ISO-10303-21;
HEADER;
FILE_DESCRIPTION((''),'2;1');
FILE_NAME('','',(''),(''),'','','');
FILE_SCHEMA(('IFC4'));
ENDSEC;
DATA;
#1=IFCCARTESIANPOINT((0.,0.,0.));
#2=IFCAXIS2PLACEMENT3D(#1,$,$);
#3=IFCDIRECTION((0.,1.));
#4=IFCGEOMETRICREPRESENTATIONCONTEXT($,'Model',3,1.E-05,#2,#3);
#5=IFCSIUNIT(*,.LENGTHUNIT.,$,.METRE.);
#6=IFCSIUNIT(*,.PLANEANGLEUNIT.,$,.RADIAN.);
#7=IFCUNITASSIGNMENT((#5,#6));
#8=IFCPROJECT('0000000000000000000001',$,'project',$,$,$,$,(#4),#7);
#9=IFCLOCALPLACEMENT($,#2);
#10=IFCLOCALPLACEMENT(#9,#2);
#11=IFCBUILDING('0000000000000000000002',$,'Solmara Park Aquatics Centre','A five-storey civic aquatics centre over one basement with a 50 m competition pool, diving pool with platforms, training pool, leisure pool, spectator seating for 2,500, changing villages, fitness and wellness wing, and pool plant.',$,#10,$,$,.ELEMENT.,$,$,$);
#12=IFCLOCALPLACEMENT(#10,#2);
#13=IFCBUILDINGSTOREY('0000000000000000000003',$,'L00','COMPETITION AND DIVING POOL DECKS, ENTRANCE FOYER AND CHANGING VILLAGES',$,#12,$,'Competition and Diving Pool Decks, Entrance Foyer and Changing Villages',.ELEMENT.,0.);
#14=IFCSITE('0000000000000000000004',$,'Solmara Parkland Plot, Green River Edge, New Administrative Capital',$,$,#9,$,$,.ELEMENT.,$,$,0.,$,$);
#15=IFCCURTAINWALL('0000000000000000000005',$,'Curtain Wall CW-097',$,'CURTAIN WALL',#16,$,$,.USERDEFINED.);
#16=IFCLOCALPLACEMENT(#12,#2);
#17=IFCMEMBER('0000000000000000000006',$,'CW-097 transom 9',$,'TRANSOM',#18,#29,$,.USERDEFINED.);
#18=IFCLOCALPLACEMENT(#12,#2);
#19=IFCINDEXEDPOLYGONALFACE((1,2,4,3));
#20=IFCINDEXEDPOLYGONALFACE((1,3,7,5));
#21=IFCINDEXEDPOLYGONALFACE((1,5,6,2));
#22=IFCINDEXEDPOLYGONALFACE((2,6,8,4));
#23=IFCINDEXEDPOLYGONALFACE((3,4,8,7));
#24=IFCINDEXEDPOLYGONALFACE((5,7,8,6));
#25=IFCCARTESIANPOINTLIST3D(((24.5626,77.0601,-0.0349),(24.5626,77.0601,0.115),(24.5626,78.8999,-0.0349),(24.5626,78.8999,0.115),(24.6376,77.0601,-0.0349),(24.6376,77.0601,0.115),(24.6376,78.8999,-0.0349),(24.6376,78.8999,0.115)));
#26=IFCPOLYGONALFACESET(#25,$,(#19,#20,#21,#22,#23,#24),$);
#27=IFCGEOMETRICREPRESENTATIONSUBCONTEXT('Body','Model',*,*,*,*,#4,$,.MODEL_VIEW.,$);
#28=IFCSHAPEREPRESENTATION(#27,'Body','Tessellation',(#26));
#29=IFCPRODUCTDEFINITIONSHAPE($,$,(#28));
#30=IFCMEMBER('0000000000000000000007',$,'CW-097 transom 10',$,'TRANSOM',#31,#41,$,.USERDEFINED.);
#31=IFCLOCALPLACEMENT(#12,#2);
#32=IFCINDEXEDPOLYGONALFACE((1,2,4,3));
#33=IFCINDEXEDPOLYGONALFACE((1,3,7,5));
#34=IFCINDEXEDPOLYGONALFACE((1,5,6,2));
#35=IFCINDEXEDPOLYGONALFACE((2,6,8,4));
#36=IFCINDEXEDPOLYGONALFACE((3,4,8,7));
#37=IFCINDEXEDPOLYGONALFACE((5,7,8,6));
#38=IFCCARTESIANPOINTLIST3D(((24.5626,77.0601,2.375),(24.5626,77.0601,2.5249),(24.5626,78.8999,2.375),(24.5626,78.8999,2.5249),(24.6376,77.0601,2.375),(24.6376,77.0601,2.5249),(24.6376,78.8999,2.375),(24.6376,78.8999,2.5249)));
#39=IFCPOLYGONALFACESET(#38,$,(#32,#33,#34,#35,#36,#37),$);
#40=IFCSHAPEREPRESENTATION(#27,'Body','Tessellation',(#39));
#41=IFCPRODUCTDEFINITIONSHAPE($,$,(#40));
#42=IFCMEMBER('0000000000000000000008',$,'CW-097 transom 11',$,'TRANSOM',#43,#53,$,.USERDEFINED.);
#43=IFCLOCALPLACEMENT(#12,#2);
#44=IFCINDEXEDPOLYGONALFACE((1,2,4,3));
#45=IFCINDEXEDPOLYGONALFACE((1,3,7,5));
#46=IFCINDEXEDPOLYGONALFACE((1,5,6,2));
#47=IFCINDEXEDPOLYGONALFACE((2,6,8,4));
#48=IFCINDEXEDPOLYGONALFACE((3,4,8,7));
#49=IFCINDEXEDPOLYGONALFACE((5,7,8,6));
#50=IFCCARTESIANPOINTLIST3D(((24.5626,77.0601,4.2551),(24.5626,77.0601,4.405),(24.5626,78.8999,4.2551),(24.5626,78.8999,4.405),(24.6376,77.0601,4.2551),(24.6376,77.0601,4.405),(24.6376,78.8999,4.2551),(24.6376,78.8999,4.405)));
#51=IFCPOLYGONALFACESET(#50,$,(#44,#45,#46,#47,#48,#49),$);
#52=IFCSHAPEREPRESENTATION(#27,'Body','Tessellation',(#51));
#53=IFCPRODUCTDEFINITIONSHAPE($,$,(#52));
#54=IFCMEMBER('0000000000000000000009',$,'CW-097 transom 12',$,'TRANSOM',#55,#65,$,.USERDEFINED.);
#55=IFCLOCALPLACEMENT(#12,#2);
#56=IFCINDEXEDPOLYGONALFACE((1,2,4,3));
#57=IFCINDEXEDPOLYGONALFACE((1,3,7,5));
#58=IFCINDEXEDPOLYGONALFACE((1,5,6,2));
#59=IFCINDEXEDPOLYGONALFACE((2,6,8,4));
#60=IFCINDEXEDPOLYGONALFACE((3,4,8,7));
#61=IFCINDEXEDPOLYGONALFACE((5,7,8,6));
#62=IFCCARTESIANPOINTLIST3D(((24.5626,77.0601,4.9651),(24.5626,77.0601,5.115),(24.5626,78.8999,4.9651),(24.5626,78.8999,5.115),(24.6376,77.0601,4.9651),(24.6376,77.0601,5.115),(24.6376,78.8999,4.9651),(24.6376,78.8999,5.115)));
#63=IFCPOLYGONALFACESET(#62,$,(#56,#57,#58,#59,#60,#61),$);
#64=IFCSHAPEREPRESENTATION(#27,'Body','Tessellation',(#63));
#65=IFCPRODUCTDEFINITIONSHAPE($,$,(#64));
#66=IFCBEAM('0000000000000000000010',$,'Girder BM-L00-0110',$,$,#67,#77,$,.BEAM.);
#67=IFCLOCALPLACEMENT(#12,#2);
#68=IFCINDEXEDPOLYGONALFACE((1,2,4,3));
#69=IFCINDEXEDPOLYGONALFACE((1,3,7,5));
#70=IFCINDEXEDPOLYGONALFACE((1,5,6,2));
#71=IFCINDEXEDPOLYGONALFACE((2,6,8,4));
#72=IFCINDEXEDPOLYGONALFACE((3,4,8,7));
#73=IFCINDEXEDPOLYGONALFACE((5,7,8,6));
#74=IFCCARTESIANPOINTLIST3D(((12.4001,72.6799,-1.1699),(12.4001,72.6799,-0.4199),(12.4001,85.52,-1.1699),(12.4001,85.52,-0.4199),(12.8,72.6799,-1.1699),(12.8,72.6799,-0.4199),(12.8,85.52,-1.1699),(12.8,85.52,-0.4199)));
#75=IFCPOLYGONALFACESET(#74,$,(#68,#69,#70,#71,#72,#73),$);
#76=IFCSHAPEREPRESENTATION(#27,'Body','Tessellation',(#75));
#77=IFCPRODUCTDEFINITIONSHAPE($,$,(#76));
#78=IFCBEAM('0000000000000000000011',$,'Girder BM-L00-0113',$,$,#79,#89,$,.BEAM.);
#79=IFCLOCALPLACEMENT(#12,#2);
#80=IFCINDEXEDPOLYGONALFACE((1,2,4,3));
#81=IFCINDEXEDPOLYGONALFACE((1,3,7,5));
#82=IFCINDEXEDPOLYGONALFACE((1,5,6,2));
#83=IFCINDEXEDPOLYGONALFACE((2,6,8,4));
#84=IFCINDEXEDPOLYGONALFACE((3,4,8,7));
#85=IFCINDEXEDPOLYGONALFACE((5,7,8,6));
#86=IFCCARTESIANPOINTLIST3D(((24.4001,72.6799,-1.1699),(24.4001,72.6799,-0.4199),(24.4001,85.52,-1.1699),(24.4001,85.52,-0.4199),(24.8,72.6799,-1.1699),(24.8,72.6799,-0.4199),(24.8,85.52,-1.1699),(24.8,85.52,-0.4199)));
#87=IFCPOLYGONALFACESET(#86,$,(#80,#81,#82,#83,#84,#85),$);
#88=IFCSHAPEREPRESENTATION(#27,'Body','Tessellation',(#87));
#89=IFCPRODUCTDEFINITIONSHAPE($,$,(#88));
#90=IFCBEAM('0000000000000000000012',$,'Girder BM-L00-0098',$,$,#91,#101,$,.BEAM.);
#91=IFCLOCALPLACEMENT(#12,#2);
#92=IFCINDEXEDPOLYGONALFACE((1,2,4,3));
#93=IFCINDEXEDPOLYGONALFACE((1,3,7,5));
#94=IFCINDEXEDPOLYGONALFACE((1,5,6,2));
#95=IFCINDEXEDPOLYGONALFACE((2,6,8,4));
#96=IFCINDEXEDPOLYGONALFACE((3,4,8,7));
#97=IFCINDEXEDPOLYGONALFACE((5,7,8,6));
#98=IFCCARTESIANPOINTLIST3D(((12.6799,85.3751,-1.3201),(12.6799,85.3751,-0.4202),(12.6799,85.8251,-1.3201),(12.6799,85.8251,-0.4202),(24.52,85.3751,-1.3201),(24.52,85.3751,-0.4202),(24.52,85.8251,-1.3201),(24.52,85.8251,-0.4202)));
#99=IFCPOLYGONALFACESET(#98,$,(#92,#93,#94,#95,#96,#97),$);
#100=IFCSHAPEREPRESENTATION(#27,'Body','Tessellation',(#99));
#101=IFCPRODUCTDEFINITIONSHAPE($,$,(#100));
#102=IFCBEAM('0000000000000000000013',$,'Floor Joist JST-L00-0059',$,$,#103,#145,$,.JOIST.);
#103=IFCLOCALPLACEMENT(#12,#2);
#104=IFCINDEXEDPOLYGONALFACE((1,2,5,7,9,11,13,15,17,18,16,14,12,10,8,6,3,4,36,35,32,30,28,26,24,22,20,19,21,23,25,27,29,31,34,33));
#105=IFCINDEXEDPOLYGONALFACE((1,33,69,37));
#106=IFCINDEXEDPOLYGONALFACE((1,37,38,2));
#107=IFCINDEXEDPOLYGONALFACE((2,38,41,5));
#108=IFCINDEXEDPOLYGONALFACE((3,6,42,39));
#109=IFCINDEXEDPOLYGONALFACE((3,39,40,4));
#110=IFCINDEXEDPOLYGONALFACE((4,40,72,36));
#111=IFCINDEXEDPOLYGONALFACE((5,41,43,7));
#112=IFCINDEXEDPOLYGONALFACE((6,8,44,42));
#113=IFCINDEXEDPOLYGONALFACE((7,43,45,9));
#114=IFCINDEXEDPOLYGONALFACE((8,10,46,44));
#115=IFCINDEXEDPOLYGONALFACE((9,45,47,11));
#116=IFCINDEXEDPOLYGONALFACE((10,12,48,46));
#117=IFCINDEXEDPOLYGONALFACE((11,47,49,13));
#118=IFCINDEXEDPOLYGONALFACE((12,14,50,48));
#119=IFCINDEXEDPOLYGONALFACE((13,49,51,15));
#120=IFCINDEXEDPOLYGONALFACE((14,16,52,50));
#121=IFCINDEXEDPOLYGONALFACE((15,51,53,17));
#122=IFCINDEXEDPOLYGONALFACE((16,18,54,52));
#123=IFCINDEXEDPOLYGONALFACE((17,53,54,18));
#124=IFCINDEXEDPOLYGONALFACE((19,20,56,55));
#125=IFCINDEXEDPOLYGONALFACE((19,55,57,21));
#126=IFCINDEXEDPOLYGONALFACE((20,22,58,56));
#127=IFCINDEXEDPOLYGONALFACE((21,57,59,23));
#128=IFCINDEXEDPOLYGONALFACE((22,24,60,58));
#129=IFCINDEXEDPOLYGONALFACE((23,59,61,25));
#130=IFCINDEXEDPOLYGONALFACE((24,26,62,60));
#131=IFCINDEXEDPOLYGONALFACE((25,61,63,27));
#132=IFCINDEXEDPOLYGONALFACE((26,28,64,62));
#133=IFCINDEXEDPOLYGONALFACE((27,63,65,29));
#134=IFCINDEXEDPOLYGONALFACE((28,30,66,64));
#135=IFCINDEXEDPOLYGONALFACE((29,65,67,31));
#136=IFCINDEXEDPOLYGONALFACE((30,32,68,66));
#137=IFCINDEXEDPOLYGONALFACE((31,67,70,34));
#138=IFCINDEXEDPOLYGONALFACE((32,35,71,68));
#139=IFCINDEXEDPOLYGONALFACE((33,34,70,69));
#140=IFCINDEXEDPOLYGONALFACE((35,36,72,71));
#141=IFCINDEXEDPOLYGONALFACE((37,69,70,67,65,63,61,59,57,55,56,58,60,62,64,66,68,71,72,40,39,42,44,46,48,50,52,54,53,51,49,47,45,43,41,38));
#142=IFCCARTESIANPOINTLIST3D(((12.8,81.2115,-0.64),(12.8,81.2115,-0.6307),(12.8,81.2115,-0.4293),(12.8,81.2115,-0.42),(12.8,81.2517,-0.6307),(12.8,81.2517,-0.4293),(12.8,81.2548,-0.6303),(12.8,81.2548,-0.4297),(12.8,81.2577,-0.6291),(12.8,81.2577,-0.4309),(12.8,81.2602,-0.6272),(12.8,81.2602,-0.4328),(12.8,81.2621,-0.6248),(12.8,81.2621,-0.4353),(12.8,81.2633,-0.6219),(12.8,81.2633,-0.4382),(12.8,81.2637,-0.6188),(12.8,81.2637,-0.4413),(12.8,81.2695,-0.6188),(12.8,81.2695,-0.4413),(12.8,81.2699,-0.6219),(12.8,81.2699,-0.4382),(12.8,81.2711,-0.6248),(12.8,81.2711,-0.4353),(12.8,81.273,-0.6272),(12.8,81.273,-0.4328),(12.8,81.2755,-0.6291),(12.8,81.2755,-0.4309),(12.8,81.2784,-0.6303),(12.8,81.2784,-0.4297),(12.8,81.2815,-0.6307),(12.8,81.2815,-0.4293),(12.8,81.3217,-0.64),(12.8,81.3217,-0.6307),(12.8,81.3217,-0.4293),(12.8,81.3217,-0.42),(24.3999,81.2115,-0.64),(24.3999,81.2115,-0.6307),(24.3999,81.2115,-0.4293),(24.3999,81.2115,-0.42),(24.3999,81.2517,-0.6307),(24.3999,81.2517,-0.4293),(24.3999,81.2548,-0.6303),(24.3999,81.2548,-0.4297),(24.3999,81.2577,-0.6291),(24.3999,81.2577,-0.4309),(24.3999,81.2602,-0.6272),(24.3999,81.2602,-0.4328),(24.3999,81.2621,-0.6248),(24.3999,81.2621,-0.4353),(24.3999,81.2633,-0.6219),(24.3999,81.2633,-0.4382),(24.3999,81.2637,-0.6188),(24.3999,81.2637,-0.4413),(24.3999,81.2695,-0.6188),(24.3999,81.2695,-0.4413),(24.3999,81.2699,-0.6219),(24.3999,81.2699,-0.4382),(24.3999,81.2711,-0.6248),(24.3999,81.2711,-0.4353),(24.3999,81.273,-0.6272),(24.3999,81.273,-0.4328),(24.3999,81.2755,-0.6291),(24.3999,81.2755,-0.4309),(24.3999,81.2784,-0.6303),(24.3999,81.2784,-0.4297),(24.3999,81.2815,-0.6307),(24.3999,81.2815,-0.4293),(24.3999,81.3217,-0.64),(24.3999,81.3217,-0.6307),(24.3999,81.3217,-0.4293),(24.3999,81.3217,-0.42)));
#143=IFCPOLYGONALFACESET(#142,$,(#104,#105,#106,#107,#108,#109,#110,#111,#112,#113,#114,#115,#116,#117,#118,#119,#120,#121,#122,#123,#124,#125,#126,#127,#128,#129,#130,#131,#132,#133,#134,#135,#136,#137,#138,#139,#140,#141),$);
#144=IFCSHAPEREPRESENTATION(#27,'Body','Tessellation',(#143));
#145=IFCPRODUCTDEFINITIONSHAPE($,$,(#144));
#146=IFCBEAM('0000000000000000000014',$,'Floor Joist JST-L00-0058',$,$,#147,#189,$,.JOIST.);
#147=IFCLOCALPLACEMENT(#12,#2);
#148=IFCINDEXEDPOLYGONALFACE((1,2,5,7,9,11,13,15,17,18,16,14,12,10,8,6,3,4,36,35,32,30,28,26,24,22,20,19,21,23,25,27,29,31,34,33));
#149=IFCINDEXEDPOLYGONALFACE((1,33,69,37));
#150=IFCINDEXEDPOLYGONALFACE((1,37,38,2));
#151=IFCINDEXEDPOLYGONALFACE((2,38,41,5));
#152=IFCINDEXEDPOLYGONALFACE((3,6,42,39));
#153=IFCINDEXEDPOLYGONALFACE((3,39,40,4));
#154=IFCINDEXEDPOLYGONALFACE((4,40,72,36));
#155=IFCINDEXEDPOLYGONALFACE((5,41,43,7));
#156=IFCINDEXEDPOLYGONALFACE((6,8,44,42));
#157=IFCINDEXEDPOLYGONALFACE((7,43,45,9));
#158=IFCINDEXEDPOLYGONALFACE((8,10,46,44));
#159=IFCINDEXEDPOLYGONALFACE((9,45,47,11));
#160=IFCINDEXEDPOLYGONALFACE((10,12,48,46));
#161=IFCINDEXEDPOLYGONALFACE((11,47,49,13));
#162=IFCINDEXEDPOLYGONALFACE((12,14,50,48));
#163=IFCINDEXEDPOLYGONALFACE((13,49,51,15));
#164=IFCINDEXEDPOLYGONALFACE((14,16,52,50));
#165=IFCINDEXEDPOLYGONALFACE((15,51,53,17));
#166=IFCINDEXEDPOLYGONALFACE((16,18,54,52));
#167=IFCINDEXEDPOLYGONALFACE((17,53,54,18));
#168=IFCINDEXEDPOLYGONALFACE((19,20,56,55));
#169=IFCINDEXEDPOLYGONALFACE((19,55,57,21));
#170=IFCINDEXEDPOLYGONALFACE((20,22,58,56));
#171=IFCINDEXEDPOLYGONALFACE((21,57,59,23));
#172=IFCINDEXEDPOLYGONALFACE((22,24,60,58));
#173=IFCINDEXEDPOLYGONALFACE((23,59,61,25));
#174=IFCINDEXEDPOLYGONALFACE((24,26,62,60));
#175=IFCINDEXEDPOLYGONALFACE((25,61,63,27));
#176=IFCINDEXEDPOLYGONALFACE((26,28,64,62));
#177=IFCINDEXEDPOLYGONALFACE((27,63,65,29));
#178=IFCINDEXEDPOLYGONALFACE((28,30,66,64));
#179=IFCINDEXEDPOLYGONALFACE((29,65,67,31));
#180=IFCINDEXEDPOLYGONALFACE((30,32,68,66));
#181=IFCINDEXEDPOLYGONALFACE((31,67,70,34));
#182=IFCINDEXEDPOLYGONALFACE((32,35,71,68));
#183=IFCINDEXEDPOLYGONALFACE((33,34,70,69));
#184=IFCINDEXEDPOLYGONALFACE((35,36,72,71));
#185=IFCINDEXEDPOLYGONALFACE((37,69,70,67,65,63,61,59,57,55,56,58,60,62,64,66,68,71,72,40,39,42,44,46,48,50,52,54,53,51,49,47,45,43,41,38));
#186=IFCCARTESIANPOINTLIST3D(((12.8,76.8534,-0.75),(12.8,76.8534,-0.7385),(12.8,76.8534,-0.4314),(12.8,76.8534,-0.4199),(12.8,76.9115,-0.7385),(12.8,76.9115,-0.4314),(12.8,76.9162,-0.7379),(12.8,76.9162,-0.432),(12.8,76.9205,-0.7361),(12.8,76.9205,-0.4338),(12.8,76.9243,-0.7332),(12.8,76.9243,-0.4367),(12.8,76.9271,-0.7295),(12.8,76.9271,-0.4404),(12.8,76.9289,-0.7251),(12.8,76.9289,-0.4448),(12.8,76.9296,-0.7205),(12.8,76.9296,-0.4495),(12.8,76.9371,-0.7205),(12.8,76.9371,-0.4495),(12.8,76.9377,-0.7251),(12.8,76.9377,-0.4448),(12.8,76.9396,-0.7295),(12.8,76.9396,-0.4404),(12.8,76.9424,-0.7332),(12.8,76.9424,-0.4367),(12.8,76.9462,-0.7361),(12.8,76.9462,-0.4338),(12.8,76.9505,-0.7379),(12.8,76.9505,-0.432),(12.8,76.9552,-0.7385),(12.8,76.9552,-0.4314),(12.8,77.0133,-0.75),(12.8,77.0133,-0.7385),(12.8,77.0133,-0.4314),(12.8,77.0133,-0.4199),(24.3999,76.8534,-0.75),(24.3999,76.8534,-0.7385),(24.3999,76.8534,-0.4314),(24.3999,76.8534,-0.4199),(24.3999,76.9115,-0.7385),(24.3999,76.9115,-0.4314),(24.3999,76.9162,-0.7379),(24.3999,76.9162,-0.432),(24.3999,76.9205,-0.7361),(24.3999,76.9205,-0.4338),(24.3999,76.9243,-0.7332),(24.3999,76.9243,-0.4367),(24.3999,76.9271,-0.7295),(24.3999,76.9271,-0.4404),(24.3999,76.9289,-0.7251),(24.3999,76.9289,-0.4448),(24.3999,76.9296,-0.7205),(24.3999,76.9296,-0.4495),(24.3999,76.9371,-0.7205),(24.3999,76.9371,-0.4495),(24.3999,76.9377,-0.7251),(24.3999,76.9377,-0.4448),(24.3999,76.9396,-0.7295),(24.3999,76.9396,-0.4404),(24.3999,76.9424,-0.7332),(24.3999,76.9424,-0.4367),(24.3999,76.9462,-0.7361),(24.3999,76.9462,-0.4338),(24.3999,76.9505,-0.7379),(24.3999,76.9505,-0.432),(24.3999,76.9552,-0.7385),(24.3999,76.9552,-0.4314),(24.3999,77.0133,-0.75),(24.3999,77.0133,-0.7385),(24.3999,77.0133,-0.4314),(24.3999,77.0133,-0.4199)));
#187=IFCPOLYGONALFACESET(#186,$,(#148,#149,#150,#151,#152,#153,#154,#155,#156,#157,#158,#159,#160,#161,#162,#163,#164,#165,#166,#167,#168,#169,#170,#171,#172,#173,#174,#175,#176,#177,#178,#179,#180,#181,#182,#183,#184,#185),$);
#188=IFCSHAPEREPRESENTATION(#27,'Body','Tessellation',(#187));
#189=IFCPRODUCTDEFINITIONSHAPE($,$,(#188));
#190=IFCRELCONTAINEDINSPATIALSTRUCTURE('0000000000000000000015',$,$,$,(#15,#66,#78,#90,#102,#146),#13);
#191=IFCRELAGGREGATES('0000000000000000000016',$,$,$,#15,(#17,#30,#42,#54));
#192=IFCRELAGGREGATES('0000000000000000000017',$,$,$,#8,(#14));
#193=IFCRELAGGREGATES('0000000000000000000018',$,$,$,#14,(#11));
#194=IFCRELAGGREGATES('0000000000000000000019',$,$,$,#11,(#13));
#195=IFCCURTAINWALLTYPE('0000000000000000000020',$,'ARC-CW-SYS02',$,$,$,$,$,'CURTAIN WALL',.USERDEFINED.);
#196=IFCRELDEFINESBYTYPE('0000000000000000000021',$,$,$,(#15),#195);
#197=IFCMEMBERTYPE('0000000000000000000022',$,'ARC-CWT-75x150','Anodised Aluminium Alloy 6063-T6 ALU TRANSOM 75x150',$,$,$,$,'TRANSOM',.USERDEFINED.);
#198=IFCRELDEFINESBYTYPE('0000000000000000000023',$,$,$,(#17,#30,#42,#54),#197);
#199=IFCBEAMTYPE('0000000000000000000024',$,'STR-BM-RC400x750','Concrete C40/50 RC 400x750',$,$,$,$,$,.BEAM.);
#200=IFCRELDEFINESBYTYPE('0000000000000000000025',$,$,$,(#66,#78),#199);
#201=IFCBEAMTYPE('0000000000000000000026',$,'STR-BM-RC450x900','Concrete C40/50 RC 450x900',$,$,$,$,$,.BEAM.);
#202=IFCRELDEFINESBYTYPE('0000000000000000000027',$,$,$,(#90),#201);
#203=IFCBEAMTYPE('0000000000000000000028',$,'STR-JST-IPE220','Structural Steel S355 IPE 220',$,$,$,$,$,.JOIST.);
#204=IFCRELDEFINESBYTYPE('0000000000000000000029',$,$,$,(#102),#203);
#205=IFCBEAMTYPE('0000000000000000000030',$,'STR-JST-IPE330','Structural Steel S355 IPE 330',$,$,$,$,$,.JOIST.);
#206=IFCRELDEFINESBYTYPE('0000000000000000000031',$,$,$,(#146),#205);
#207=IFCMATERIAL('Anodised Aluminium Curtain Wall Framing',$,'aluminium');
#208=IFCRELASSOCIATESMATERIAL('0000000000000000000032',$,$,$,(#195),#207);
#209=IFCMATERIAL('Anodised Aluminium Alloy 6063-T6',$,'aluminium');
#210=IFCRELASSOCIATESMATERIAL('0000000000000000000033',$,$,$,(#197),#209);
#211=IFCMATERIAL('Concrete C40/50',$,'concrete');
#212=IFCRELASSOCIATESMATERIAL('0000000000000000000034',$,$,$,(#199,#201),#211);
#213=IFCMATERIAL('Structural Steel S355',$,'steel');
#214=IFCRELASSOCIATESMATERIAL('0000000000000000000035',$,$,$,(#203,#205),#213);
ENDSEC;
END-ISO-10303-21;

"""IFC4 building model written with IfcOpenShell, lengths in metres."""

from ifc_helpers import new_model, si_unit, direction, frame, origin, origin_2d, place, context, subcontext, project, spatial, rectangle, i_section, extrude, material, material_profile, profile_set, type_object, element, aggregate, save


model = new_model("IFC4")

# Units and contexts
model_context = context("Model", 3, precision=1e-05, world=origin(), true_north=direction((0.0, 1.0)))
body_context = subcontext(model_context, "Body", "Model", "MODEL_VIEW")
ifc_project = project(units=[si_unit("LENGTHUNIT", "METRE"), si_unit("PLANEANGLEUNIT", "RADIAN")], contexts=[model_context])

# Site, building, storey
site_placement = place(None, origin())
site = spatial("IfcSite", under=ifc_project, at=site_placement, Name="Solmara Parkland Plot, Green River Edge, New Administrative Capital", CompositionType="ELEMENT", RefElevation=0.0)
building_placement = place(site_placement, origin())
building = spatial("IfcBuilding", under=site, at=building_placement, Name="Solmara Park Aquatics Centre", Description="A five-storey civic aquatics centre over one basement with a 50 m competition pool, diving pool with platforms, training pool, leisure pool, spectator seating for 2,500, changing villages, fitness and wellness wing, and pool plant.", CompositionType="ELEMENT")
storey_placement = place(building_placement, origin())
storey = spatial("IfcBuildingStorey", under=building, at=storey_placement, Name="L00", Description="COMPETITION AND DIVING POOL DECKS, ENTRANCE FOYER AND CHANGING VILLAGES", LongName="Competition and Diving Pool Decks, Entrance Foyer and Changing Villages", CompositionType="ELEMENT", Elevation=0.0)

# Shared definitions
ifc_material_1 = material(Name="Concrete C40/50", Category="concrete")

# Curtain wall
ifc_material_2 = material(Name="Anodised Aluminium Curtain Wall Framing", Category="aluminium")
curtain_wall_type = type_object("IfcCurtainWallType", Name="ARC-CW-SYS02", ElementType="CURTAIN WALL", PredefinedType="USERDEFINED", material=ifc_material_2)
curtain_wall_1_placement = place(storey_placement, origin())
curtain_wall_1 = element("IfcCurtainWall", 1, at=curtain_wall_1_placement, inside=storey, type_object=curtain_wall_type, Name="Curtain Wall CW-097", ObjectType="CURTAIN WALL", PredefinedType="USERDEFINED")
ifc_material_3 = material(Name="Anodised Aluminium Alloy 6063-T6", Category="aluminium")

# Members
ifc_material_profile_1 = material_profile(ifc_material_3, rectangle(XDim=0.075, YDim=0.1499, at=origin_2d()), Name="ALU TRANSOM 75x150")
ifc_profile_set_1 = profile_set([ifc_material_profile_1], Name="Anodised Aluminium Alloy 6063-T6")
member_type_1 = type_object("IfcMemberType", Name="ARC-CWT-75x150", Description="Anodised Aluminium Alloy 6063-T6 ALU TRANSOM 75x150", ElementType="TRANSOM", PredefinedType="USERDEFINED", material=ifc_profile_set_1)
member_1_placement = place(storey_placement, frame((24.6001, 77.0601, 0.04), z_axis=(0.0, 1.0, 0.0), x_axis=(-1.0, 0.0, 0.0)))
member_1 = element("IfcMember", 2, at=member_1_placement, type_object=member_type_1, Name="CW-097 transom 9", ObjectType="TRANSOM", PredefinedType="USERDEFINED", context=body_context, shape_type="SweptSolid", body=[
    extrude(rectangle(XDim=0.075, YDim=0.1499, at=origin_2d()), origin(), (0.0, 0.0, 1.0), 1.8398),
])
member_2_placement = place(storey_placement, frame((24.6001, 77.0601, 2.45), z_axis=(0.0, 1.0, 0.0), x_axis=(-1.0, 0.0, 0.0)))
member_2 = element("IfcMember", 3, at=member_2_placement, type_object=member_type_1, Name="CW-097 transom 10", ObjectType="TRANSOM", PredefinedType="USERDEFINED", context=body_context, shape_type="SweptSolid", body=[
    extrude(rectangle(XDim=0.075, YDim=0.1499, at=origin_2d()), origin(), (0.0, 0.0, 1.0), 1.8398),
])
member_3_placement = place(storey_placement, frame((24.6001, 77.0601, 4.3301), z_axis=(0.0, 1.0, 0.0), x_axis=(-1.0, 0.0, 0.0)))
member_3 = element("IfcMember", 4, at=member_3_placement, type_object=member_type_1, Name="CW-097 transom 11", ObjectType="TRANSOM", PredefinedType="USERDEFINED", context=body_context, shape_type="SweptSolid", body=[
    extrude(rectangle(XDim=0.075, YDim=0.1499, at=origin_2d()), origin(), (0.0, 0.0, 1.0), 1.8398),
])
member_4_placement = place(storey_placement, frame((24.6001, 77.0601, 5.04), z_axis=(0.0, 1.0, 0.0), x_axis=(-1.0, 0.0, 0.0)))
member_4 = element("IfcMember", 5, at=member_4_placement, type_object=member_type_1, Name="CW-097 transom 12", ObjectType="TRANSOM", PredefinedType="USERDEFINED", context=body_context, shape_type="SweptSolid", body=[
    extrude(rectangle(XDim=0.075, YDim=0.1499, at=origin_2d()), origin(), (0.0, 0.0, 1.0), 1.8398),
])

# Beams
ifc_material_profile_2 = material_profile(ifc_material_1, rectangle(XDim=0.3999, YDim=0.75, at=origin_2d()), Name="RC 400x750")
ifc_profile_set_2 = profile_set([ifc_material_profile_2], Name="Concrete C40/50")
beam_type_1 = type_object("IfcBeamType", Name="STR-BM-RC400x750", Description="Concrete C40/50 RC 400x750", PredefinedType="BEAM", material=ifc_profile_set_2)
for number, where, z_axis, x_axis, name in (
    (6, (12.6001, 72.6799, -0.7949), (0.0, 1.0, 0.0), (-1.0, 0.0, 0.0), "Girder BM-L00-0110"),
    (7, (24.6001, 72.6799, -0.7949), (0.0, 1.0, 0.0), (-1.0, 0.0, 0.0), "Girder BM-L00-0113"),
):
    element("IfcBeam", number, at=place(storey_placement, frame(where, z_axis=z_axis, x_axis=x_axis)), inside=storey, type_object=beam_type_1, Name=name, PredefinedType="BEAM", context=body_context, shape_type="SweptSolid", body=[
        extrude(rectangle(XDim=0.3999, YDim=0.75, at=origin_2d()), origin(), (0.0, 0.0, 1.0), 12.8401),
    ])
ifc_material_profile_3 = material_profile(ifc_material_1, rectangle(XDim=0.45, YDim=0.8999, at=origin_2d()), Name="RC 450x900")
ifc_profile_set_3 = profile_set([ifc_material_profile_3], Name="Concrete C40/50")
beam_type_2 = type_object("IfcBeamType", Name="STR-BM-RC450x900", Description="Concrete C40/50 RC 450x900", PredefinedType="BEAM", material=ifc_profile_set_3)
beam_1_placement = place(storey_placement, frame((12.6799, 85.6001, -0.8701), z_axis=(1.0, 0.0, 0.0), x_axis=(0.0, 1.0, 0.0)))
element("IfcBeam", 8, at=beam_1_placement, inside=storey, type_object=beam_type_2, Name="Girder BM-L00-0098", PredefinedType="BEAM", context=body_context, shape_type="SweptSolid", body=[
    extrude(rectangle(XDim=0.45, YDim=0.8999, at=origin_2d()), origin(), (0.0, 0.0, 1.0), 11.8401),
])
ifc_material_4 = material(Name="Structural Steel S355", Category="steel")
ifc_material_profile_4 = material_profile(ifc_material_4, i_section(OverallWidth=0.1101, OverallDepth=0.22, WebThickness=0.0059, FlangeThickness=0.0093, FilletRadius=0.012, at=origin_2d()), Name="IPE 220")
ifc_profile_set_4 = profile_set([ifc_material_profile_4], Name="Structural Steel S355")
beam_type_3 = type_object("IfcBeamType", Name="STR-JST-IPE220", Description="Structural Steel S355 IPE 220", PredefinedType="JOIST", material=ifc_profile_set_4)
beam_2_placement = place(storey_placement, frame((12.8, 81.2666, -0.53), z_axis=(1.0, 0.0, 0.0), x_axis=(0.0, 1.0, 0.0)))
element("IfcBeam", 9, at=beam_2_placement, inside=storey, type_object=beam_type_3, Name="Floor Joist JST-L00-0059", PredefinedType="JOIST", context=body_context, shape_type="SweptSolid", body=[
    extrude(i_section(OverallWidth=0.1101, OverallDepth=0.22, WebThickness=0.0059, FlangeThickness=0.0093, FilletRadius=0.012, at=origin_2d()), origin(), (0.0, 0.0, 1.0), 11.5999),
])
ifc_material_profile_5 = material_profile(ifc_material_4, i_section(OverallWidth=0.1599, OverallDepth=0.3301, WebThickness=0.0076, FlangeThickness=0.0115, FilletRadius=0.0181, at=origin_2d()), Name="IPE 330")
ifc_profile_set_5 = profile_set([ifc_material_profile_5], Name="Structural Steel S355")
beam_type_4 = type_object("IfcBeamType", Name="STR-JST-IPE330", Description="Structural Steel S355 IPE 330", PredefinedType="JOIST", material=ifc_profile_set_5)
beam_3_placement = place(storey_placement, frame((12.8, 76.9333, -0.585), z_axis=(1.0, 0.0, 0.0), x_axis=(0.0, 1.0, 0.0)))
element("IfcBeam", 10, at=beam_3_placement, inside=storey, type_object=beam_type_4, Name="Floor Joist JST-L00-0058", PredefinedType="JOIST", context=body_context, shape_type="SweptSolid", body=[
    extrude(i_section(OverallWidth=0.1599, OverallDepth=0.3301, WebThickness=0.0076, FlangeThickness=0.0115, FilletRadius=0.0181, at=origin_2d()), origin(), (0.0, 0.0, 1.0), 11.5999),
])

aggregate(curtain_wall_1, [member_1, member_2, member_3, member_4])

save(model, "model.ifc")
